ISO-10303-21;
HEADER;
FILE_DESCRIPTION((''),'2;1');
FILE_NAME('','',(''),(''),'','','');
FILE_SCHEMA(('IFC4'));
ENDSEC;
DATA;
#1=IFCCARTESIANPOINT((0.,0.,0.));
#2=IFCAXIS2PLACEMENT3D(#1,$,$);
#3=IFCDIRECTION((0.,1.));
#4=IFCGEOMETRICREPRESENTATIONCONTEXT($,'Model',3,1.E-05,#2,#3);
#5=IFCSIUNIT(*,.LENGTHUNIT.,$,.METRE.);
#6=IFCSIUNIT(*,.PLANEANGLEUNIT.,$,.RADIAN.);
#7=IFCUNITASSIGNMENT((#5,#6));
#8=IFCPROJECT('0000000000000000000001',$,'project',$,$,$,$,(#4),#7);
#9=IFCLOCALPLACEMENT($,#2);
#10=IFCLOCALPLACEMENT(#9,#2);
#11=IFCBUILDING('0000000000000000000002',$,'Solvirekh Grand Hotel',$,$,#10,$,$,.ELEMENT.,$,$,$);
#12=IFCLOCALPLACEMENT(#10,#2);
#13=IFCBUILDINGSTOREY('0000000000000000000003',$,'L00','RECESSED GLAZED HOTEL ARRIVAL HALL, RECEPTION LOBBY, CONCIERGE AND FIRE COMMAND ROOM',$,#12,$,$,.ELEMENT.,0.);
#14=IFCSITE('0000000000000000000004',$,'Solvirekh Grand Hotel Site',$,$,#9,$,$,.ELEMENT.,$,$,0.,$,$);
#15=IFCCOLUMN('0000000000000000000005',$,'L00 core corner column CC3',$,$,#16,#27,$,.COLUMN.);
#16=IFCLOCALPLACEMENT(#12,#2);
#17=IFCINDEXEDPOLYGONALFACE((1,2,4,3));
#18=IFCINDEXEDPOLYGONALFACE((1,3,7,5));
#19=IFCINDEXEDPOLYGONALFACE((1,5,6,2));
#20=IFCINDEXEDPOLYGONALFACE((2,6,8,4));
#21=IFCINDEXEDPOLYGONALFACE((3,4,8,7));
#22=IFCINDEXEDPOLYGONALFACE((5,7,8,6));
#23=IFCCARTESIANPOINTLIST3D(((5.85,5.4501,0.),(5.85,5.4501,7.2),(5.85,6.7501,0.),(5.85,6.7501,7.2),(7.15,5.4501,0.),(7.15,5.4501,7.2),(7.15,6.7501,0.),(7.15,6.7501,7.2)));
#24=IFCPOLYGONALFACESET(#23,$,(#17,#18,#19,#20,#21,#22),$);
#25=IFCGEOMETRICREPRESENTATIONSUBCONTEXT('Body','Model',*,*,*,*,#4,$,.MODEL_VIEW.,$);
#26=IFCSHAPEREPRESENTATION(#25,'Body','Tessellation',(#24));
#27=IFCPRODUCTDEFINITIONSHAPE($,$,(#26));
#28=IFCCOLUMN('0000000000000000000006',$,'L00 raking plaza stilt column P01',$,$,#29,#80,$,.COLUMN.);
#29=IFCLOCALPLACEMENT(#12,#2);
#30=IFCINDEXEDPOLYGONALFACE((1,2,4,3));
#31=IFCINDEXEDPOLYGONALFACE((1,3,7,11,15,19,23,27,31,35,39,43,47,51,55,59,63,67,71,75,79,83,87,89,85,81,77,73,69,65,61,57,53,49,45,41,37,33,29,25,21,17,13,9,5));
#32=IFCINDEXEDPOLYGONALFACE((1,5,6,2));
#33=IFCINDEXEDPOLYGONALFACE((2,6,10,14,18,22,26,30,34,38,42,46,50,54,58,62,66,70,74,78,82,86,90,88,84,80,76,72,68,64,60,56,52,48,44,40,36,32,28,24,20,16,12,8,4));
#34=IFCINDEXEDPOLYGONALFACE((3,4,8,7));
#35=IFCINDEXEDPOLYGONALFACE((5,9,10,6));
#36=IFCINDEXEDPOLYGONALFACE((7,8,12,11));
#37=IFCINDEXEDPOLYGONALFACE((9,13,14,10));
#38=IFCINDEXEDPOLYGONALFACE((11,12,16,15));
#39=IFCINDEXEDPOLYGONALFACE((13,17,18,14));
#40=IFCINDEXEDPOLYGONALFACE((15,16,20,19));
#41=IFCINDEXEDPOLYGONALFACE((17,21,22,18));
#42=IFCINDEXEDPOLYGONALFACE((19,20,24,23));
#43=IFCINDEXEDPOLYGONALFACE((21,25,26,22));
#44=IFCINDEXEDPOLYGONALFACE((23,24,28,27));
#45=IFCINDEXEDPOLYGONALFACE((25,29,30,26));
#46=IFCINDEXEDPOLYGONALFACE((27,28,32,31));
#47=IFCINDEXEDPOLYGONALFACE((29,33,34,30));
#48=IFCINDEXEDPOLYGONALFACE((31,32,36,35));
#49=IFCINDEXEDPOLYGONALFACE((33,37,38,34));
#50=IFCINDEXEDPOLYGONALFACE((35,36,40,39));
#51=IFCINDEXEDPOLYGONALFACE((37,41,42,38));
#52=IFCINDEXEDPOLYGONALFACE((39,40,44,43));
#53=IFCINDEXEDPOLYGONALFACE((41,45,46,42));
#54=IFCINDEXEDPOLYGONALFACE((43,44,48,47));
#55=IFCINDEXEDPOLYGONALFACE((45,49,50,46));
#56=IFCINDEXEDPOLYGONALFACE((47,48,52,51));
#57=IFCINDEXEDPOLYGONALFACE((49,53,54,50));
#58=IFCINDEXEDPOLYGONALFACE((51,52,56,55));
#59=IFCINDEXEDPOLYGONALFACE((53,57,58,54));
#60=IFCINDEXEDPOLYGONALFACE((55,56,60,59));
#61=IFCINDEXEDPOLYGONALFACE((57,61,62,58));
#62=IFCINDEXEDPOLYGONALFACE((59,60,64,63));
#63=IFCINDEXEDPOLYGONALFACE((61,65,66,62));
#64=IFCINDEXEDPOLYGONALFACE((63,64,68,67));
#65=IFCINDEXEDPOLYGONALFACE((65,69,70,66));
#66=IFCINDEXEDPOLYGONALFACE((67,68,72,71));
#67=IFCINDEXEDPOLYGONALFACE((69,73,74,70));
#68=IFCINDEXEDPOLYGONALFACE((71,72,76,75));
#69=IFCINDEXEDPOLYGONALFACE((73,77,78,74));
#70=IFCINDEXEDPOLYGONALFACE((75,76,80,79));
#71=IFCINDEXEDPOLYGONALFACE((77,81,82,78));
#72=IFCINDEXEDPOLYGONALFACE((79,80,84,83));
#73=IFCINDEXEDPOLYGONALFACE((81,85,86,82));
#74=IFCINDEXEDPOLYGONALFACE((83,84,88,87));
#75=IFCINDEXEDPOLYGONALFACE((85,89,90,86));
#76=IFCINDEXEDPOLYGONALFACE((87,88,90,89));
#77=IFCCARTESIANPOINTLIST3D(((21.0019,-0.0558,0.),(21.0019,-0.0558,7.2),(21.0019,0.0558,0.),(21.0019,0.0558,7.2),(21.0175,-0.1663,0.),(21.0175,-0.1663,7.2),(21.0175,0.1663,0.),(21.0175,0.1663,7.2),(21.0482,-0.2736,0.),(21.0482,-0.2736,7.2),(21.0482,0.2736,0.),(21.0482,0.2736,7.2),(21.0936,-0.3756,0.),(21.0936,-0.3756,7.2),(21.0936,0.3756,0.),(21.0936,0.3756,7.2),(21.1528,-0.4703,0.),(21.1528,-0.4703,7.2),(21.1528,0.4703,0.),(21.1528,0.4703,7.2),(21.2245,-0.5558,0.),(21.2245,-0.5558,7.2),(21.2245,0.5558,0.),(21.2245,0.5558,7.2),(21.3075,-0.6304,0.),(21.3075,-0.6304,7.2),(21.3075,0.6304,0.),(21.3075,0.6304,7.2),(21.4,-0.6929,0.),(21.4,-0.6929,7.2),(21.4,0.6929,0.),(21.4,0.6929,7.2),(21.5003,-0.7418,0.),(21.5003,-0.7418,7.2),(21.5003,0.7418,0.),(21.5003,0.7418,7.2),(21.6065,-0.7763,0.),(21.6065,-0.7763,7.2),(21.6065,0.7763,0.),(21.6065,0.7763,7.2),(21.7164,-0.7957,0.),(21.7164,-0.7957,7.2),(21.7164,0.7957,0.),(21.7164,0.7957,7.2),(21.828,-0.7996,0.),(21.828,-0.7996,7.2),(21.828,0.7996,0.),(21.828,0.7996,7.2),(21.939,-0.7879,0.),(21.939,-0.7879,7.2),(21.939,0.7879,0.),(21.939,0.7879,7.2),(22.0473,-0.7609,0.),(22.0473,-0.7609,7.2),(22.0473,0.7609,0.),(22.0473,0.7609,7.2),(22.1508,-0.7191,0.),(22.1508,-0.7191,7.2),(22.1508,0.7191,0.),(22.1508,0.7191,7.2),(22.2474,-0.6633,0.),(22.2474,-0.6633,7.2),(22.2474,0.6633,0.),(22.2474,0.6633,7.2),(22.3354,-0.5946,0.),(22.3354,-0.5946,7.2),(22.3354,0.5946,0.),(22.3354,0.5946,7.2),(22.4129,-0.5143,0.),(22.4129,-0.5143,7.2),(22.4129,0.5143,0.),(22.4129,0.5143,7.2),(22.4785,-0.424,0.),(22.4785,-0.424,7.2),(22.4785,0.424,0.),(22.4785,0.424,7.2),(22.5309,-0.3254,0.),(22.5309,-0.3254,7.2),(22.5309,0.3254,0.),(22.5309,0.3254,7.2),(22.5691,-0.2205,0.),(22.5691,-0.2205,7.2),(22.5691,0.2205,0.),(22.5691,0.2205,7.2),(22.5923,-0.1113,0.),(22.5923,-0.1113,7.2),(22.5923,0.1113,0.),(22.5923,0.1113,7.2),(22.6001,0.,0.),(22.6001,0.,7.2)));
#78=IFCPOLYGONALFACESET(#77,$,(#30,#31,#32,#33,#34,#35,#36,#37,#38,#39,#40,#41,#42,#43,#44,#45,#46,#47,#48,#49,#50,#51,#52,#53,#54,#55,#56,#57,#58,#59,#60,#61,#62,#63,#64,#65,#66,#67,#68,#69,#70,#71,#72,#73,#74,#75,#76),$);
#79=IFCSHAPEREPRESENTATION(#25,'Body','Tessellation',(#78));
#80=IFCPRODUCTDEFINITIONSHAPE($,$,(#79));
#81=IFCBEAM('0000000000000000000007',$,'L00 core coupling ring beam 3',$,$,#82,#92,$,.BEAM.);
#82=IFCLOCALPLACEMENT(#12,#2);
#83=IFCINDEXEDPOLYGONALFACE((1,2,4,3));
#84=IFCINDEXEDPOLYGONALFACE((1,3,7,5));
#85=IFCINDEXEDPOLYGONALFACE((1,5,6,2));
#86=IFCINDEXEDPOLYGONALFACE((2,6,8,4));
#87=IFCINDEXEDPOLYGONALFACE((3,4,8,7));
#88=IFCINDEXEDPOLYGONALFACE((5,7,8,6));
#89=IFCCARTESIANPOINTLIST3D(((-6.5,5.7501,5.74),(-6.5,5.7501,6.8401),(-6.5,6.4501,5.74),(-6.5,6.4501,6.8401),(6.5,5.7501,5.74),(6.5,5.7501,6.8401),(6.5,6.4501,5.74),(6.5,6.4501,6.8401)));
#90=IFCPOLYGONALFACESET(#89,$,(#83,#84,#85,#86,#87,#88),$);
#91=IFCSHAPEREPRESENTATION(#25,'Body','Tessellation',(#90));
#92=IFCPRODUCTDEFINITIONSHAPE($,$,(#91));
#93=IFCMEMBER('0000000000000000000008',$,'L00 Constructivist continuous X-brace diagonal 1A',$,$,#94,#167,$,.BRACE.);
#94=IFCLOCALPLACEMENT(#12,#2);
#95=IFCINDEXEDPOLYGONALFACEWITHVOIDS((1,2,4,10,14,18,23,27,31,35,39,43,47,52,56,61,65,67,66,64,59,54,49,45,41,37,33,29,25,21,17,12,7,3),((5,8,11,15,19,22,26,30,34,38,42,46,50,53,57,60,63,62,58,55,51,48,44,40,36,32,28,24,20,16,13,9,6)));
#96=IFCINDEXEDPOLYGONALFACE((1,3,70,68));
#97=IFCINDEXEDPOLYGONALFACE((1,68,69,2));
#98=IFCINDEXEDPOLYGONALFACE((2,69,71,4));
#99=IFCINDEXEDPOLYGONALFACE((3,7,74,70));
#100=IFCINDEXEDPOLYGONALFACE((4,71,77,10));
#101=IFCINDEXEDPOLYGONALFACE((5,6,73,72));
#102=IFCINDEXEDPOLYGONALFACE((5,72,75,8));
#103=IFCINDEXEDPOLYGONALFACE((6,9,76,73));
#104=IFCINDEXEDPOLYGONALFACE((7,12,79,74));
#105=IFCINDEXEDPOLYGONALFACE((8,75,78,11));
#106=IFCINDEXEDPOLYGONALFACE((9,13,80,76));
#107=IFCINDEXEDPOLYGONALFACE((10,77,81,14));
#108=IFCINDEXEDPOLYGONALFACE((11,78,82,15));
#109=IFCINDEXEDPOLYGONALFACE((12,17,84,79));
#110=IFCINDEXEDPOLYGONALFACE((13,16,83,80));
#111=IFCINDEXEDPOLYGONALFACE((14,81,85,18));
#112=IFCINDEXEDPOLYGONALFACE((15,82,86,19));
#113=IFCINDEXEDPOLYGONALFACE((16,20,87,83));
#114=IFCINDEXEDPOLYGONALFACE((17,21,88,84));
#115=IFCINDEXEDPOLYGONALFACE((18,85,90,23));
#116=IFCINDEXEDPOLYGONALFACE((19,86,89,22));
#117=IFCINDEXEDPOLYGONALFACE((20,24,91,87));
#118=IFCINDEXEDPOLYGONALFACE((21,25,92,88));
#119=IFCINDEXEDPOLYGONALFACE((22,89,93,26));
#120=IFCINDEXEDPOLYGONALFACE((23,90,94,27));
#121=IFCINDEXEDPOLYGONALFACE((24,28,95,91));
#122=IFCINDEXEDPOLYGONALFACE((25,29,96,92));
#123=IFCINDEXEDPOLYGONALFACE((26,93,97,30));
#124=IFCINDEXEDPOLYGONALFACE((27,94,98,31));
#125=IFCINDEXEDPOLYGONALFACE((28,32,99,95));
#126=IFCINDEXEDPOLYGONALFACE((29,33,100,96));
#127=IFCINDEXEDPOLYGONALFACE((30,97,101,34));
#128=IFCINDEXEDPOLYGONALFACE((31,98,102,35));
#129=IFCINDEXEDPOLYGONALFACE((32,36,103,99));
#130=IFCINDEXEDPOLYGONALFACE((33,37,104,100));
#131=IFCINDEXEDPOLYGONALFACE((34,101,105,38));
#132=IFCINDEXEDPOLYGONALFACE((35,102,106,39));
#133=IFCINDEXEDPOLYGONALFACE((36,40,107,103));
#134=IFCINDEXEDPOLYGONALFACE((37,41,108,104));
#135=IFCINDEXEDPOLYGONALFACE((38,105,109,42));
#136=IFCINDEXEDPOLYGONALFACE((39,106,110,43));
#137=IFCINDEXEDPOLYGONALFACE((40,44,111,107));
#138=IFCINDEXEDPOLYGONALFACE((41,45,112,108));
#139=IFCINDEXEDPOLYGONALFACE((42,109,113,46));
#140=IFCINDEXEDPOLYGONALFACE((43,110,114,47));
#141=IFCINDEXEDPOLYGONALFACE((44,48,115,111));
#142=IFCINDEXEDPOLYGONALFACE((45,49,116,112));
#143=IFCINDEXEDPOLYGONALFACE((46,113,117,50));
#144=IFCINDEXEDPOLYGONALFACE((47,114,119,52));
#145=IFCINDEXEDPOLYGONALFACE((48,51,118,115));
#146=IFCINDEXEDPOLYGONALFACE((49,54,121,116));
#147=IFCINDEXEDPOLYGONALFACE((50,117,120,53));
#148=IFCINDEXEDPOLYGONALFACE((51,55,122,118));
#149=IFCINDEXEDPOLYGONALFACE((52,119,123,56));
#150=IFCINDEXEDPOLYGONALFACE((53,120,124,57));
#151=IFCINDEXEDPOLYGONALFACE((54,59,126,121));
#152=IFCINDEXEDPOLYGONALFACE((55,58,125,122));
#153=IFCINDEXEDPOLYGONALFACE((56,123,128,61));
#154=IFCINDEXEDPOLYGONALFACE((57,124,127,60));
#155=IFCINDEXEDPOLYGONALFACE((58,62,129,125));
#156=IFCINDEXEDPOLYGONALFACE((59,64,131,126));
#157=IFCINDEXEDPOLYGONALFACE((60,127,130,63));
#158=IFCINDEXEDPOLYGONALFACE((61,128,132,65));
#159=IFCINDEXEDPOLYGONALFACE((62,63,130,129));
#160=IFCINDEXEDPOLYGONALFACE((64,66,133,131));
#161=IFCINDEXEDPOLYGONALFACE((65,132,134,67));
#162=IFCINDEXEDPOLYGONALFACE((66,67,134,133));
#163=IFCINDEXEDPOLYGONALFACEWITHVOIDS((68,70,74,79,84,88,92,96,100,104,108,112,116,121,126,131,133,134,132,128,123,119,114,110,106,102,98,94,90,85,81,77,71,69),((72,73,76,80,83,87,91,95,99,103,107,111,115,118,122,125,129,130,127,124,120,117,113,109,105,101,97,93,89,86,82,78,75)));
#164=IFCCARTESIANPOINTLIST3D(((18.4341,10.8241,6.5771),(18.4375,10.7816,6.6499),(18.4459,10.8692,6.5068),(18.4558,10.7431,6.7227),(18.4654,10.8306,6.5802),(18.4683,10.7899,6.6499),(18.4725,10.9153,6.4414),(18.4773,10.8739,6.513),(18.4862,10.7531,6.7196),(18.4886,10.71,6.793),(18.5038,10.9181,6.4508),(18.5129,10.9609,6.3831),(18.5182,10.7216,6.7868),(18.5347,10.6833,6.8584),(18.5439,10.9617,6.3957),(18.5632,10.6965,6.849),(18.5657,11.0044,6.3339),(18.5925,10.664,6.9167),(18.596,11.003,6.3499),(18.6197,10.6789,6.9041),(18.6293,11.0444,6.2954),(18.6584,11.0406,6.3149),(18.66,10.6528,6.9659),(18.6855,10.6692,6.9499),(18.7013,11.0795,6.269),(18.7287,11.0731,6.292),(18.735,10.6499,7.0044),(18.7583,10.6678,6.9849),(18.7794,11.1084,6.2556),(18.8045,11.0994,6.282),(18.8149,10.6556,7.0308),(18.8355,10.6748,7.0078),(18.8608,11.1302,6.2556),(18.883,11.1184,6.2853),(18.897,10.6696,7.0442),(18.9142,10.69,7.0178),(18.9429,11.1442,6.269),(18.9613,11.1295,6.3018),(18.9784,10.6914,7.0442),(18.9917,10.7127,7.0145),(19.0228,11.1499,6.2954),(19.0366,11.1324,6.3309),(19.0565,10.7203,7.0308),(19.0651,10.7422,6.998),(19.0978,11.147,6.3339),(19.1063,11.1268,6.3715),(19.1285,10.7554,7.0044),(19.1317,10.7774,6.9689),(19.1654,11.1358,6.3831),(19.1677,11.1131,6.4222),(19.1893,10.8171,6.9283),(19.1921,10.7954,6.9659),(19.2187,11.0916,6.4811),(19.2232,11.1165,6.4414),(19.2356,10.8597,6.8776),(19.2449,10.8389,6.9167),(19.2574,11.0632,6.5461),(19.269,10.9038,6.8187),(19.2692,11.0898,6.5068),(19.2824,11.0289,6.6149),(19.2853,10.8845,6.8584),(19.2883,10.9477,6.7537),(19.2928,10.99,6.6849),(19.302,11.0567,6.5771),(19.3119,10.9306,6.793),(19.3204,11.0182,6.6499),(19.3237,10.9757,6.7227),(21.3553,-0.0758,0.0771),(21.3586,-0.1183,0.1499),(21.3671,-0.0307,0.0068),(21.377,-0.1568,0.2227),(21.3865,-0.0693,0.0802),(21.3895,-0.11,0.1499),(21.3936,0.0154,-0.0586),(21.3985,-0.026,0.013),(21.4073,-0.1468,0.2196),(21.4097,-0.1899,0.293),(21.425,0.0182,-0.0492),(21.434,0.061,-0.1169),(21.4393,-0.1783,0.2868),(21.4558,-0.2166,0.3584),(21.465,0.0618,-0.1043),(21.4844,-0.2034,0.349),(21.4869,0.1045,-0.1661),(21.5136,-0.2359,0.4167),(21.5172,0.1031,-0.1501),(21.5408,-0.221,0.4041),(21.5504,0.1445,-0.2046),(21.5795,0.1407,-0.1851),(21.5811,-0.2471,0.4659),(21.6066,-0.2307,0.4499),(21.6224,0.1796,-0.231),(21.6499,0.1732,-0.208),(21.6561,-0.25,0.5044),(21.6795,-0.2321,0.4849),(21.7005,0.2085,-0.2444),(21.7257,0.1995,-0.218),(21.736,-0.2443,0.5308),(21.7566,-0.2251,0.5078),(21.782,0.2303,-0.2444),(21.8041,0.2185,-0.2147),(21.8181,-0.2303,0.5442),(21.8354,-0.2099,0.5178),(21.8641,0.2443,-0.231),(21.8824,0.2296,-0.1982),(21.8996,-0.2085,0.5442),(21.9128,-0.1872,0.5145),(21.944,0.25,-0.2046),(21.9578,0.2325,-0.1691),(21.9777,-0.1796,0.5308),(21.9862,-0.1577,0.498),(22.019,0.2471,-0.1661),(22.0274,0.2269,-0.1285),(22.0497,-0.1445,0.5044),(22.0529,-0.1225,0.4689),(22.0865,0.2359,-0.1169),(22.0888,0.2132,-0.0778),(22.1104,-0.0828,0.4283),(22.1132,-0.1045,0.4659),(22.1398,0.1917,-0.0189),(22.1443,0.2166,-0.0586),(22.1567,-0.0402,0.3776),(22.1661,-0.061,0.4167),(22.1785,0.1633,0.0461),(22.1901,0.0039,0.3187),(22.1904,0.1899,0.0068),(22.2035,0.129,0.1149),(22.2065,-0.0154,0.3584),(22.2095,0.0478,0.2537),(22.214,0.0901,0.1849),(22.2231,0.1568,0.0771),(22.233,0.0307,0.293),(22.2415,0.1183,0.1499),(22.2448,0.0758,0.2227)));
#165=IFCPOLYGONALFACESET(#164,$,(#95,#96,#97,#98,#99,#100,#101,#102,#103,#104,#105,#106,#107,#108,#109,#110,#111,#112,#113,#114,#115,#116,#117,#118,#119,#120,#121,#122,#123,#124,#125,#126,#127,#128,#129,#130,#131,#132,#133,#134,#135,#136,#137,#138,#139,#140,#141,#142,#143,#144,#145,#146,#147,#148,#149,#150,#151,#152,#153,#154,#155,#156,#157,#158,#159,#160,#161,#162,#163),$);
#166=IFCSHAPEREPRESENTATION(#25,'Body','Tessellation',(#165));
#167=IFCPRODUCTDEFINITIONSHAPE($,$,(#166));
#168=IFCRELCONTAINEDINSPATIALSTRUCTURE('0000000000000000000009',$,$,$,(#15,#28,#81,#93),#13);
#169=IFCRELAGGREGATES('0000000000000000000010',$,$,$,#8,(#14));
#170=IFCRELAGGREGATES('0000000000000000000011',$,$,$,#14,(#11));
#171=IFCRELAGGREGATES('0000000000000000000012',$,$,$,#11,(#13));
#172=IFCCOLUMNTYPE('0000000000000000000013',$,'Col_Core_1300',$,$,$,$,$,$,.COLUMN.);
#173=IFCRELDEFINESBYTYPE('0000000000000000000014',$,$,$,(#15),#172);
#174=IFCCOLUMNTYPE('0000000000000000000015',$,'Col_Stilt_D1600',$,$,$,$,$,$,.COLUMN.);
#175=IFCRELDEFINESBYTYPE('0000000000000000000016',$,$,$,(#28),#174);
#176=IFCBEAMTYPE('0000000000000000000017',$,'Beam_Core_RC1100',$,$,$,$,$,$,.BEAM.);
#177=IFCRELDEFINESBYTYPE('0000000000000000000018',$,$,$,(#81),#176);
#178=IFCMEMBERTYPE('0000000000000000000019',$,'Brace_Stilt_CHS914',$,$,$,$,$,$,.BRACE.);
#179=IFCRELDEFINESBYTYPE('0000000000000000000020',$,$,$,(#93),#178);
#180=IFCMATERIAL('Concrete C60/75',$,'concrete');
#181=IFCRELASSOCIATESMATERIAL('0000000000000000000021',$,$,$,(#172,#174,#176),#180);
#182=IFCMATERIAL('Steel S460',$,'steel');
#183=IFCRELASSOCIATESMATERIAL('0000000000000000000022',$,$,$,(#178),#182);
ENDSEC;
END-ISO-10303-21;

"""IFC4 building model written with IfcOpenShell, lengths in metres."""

from ifc_helpers import new_model, si_unit, direction, frame, origin, origin_2d, place, context, subcontext, project, spatial, rectangle, circle, hollow_circle, extrude, material, material_profile, profile_set, type_object, element, save


model = new_model("IFC4")

# Units and contexts
model_context = context("Model", 3, precision=1e-05, world=origin(), true_north=direction((0.0, 1.0)))
body_context = subcontext(model_context, "Body", "Model", "MODEL_VIEW")
ifc_project = project(units=[si_unit("LENGTHUNIT", "METRE"), si_unit("PLANEANGLEUNIT", "RADIAN")], contexts=[model_context])

# Site, building, storey
site_placement = place(None, origin())
site = spatial("IfcSite", under=ifc_project, at=site_placement, Name="Solvirekh Grand Hotel Site", CompositionType="ELEMENT", RefElevation=0.0)
building_placement = place(site_placement, origin())
building = spatial("IfcBuilding", under=site, at=building_placement, Name="Solvirekh Grand Hotel", CompositionType="ELEMENT")
storey_placement = place(building_placement, origin())
storey = spatial("IfcBuildingStorey", under=building, at=storey_placement, Name="L00", Description="RECESSED GLAZED HOTEL ARRIVAL HALL, RECEPTION LOBBY, CONCIERGE AND FIRE COMMAND ROOM", CompositionType="ELEMENT", Elevation=0.0)

# Columns
ifc_material_1 = material(Name="Concrete C60/75", Category="concrete")
ifc_material_profile_1 = material_profile(ifc_material_1, rectangle(XDim=1.3, YDim=1.3, at=origin_2d()), Name="RC 1300X1300")
ifc_profile_set_1 = profile_set([ifc_material_profile_1], Name="Concrete C60/75")
column_type_1 = type_object("IfcColumnType", Name="Col_Core_1300", PredefinedType="COLUMN", material=ifc_profile_set_1)
column_1_placement = place(storey_placement, frame((6.5, 6.1001, 0.0), z_axis=(0.0, 0.0, 1.0), x_axis=(1.0, 0.0, 0.0)))
element("IfcColumn", 1, at=column_1_placement, inside=storey, type_object=column_type_1, Name="L00 core corner column CC3", PredefinedType="COLUMN", context=body_context, shape_type="SweptSolid", body=[
    extrude(rectangle(XDim=1.3, YDim=1.3, at=origin_2d()), origin(), (0.0, 0.0, 1.0), 7.2),
])
ifc_material_profile_2 = material_profile(ifc_material_1, circle(Radius=0.8, at=origin_2d()), Name="RC CIRC D1600")
ifc_profile_set_2 = profile_set([ifc_material_profile_2], Name="Concrete C60/75")
column_type_2 = type_object("IfcColumnType", Name="Col_Stilt_D1600", PredefinedType="COLUMN", material=ifc_profile_set_2)
column_2_placement = place(storey_placement, frame((21.8, 0.0, 0.0), z_axis=(0.0, 0.0, 1.0), x_axis=(1.0, 0.0, 0.0)))
element("IfcColumn", 2, at=column_2_placement, inside=storey, type_object=column_type_2, Name="L00 raking plaza stilt column P01", PredefinedType="COLUMN", context=body_context, shape_type="SweptSolid", body=[
    extrude(circle(Radius=0.8, at=origin_2d()), origin(), (0.0, 0.0, 1.0), 7.2),
])

# Beam
ifc_material_profile_3 = material_profile(ifc_material_1, rectangle(XDim=0.7, YDim=1.1001, at=origin_2d()), Name="RC BEAM 700X1100")
ifc_profile_set_3 = profile_set([ifc_material_profile_3], Name="Concrete C60/75")
beam_type_1 = type_object("IfcBeamType", Name="Beam_Core_RC1100", PredefinedType="BEAM", material=ifc_profile_set_3)
beam_1_placement = place(storey_placement, frame((6.5, 6.1001, 6.29), z_axis=(-1.0, 0.0, 0.0), x_axis=(0.0, -1.0, 0.0)))
element("IfcBeam", 3, at=beam_1_placement, inside=storey, type_object=beam_type_1, Name="L00 core coupling ring beam 3", PredefinedType="BEAM", context=body_context, shape_type="SweptSolid", body=[
    extrude(rectangle(XDim=0.7, YDim=1.1001, at=origin_2d()), origin(), (0.0, 0.0, 1.0), 13.0),
])

# Member
ifc_material_2 = material(Name="Steel S460", Category="steel")
ifc_material_profile_4 = material_profile(ifc_material_2, hollow_circle(Radius=0.457, WallThickness=0.032, at=origin_2d()), Name="CHS 914X32")
ifc_profile_set_4 = profile_set([ifc_material_profile_4], Name="Steel S460")
member_type_1 = type_object("IfcMemberType", Name="Brace_Stilt_CHS914", PredefinedType="BRACE", material=ifc_profile_set_4)
member_1_placement = place(storey_placement, frame((21.8, 0.0, 0.1499), z_axis=(-0.224311, 0.836992, 0.499128), x_axis=(-0.965914, -0.258862, 0.0)))
element("IfcMember", 4, at=member_1_placement, inside=storey, type_object=member_type_1, Name="L00 Constructivist continuous X-brace diagonal 1A", PredefinedType="BRACE", context=body_context, shape_type="SweptSolid", body=[
    extrude(hollow_circle(Radius=0.457, WallThickness=0.032, at=origin_2d()), origin(), (0.0, 0.0, 1.0), 13.0227),
])

save(model, "model.ifc")
